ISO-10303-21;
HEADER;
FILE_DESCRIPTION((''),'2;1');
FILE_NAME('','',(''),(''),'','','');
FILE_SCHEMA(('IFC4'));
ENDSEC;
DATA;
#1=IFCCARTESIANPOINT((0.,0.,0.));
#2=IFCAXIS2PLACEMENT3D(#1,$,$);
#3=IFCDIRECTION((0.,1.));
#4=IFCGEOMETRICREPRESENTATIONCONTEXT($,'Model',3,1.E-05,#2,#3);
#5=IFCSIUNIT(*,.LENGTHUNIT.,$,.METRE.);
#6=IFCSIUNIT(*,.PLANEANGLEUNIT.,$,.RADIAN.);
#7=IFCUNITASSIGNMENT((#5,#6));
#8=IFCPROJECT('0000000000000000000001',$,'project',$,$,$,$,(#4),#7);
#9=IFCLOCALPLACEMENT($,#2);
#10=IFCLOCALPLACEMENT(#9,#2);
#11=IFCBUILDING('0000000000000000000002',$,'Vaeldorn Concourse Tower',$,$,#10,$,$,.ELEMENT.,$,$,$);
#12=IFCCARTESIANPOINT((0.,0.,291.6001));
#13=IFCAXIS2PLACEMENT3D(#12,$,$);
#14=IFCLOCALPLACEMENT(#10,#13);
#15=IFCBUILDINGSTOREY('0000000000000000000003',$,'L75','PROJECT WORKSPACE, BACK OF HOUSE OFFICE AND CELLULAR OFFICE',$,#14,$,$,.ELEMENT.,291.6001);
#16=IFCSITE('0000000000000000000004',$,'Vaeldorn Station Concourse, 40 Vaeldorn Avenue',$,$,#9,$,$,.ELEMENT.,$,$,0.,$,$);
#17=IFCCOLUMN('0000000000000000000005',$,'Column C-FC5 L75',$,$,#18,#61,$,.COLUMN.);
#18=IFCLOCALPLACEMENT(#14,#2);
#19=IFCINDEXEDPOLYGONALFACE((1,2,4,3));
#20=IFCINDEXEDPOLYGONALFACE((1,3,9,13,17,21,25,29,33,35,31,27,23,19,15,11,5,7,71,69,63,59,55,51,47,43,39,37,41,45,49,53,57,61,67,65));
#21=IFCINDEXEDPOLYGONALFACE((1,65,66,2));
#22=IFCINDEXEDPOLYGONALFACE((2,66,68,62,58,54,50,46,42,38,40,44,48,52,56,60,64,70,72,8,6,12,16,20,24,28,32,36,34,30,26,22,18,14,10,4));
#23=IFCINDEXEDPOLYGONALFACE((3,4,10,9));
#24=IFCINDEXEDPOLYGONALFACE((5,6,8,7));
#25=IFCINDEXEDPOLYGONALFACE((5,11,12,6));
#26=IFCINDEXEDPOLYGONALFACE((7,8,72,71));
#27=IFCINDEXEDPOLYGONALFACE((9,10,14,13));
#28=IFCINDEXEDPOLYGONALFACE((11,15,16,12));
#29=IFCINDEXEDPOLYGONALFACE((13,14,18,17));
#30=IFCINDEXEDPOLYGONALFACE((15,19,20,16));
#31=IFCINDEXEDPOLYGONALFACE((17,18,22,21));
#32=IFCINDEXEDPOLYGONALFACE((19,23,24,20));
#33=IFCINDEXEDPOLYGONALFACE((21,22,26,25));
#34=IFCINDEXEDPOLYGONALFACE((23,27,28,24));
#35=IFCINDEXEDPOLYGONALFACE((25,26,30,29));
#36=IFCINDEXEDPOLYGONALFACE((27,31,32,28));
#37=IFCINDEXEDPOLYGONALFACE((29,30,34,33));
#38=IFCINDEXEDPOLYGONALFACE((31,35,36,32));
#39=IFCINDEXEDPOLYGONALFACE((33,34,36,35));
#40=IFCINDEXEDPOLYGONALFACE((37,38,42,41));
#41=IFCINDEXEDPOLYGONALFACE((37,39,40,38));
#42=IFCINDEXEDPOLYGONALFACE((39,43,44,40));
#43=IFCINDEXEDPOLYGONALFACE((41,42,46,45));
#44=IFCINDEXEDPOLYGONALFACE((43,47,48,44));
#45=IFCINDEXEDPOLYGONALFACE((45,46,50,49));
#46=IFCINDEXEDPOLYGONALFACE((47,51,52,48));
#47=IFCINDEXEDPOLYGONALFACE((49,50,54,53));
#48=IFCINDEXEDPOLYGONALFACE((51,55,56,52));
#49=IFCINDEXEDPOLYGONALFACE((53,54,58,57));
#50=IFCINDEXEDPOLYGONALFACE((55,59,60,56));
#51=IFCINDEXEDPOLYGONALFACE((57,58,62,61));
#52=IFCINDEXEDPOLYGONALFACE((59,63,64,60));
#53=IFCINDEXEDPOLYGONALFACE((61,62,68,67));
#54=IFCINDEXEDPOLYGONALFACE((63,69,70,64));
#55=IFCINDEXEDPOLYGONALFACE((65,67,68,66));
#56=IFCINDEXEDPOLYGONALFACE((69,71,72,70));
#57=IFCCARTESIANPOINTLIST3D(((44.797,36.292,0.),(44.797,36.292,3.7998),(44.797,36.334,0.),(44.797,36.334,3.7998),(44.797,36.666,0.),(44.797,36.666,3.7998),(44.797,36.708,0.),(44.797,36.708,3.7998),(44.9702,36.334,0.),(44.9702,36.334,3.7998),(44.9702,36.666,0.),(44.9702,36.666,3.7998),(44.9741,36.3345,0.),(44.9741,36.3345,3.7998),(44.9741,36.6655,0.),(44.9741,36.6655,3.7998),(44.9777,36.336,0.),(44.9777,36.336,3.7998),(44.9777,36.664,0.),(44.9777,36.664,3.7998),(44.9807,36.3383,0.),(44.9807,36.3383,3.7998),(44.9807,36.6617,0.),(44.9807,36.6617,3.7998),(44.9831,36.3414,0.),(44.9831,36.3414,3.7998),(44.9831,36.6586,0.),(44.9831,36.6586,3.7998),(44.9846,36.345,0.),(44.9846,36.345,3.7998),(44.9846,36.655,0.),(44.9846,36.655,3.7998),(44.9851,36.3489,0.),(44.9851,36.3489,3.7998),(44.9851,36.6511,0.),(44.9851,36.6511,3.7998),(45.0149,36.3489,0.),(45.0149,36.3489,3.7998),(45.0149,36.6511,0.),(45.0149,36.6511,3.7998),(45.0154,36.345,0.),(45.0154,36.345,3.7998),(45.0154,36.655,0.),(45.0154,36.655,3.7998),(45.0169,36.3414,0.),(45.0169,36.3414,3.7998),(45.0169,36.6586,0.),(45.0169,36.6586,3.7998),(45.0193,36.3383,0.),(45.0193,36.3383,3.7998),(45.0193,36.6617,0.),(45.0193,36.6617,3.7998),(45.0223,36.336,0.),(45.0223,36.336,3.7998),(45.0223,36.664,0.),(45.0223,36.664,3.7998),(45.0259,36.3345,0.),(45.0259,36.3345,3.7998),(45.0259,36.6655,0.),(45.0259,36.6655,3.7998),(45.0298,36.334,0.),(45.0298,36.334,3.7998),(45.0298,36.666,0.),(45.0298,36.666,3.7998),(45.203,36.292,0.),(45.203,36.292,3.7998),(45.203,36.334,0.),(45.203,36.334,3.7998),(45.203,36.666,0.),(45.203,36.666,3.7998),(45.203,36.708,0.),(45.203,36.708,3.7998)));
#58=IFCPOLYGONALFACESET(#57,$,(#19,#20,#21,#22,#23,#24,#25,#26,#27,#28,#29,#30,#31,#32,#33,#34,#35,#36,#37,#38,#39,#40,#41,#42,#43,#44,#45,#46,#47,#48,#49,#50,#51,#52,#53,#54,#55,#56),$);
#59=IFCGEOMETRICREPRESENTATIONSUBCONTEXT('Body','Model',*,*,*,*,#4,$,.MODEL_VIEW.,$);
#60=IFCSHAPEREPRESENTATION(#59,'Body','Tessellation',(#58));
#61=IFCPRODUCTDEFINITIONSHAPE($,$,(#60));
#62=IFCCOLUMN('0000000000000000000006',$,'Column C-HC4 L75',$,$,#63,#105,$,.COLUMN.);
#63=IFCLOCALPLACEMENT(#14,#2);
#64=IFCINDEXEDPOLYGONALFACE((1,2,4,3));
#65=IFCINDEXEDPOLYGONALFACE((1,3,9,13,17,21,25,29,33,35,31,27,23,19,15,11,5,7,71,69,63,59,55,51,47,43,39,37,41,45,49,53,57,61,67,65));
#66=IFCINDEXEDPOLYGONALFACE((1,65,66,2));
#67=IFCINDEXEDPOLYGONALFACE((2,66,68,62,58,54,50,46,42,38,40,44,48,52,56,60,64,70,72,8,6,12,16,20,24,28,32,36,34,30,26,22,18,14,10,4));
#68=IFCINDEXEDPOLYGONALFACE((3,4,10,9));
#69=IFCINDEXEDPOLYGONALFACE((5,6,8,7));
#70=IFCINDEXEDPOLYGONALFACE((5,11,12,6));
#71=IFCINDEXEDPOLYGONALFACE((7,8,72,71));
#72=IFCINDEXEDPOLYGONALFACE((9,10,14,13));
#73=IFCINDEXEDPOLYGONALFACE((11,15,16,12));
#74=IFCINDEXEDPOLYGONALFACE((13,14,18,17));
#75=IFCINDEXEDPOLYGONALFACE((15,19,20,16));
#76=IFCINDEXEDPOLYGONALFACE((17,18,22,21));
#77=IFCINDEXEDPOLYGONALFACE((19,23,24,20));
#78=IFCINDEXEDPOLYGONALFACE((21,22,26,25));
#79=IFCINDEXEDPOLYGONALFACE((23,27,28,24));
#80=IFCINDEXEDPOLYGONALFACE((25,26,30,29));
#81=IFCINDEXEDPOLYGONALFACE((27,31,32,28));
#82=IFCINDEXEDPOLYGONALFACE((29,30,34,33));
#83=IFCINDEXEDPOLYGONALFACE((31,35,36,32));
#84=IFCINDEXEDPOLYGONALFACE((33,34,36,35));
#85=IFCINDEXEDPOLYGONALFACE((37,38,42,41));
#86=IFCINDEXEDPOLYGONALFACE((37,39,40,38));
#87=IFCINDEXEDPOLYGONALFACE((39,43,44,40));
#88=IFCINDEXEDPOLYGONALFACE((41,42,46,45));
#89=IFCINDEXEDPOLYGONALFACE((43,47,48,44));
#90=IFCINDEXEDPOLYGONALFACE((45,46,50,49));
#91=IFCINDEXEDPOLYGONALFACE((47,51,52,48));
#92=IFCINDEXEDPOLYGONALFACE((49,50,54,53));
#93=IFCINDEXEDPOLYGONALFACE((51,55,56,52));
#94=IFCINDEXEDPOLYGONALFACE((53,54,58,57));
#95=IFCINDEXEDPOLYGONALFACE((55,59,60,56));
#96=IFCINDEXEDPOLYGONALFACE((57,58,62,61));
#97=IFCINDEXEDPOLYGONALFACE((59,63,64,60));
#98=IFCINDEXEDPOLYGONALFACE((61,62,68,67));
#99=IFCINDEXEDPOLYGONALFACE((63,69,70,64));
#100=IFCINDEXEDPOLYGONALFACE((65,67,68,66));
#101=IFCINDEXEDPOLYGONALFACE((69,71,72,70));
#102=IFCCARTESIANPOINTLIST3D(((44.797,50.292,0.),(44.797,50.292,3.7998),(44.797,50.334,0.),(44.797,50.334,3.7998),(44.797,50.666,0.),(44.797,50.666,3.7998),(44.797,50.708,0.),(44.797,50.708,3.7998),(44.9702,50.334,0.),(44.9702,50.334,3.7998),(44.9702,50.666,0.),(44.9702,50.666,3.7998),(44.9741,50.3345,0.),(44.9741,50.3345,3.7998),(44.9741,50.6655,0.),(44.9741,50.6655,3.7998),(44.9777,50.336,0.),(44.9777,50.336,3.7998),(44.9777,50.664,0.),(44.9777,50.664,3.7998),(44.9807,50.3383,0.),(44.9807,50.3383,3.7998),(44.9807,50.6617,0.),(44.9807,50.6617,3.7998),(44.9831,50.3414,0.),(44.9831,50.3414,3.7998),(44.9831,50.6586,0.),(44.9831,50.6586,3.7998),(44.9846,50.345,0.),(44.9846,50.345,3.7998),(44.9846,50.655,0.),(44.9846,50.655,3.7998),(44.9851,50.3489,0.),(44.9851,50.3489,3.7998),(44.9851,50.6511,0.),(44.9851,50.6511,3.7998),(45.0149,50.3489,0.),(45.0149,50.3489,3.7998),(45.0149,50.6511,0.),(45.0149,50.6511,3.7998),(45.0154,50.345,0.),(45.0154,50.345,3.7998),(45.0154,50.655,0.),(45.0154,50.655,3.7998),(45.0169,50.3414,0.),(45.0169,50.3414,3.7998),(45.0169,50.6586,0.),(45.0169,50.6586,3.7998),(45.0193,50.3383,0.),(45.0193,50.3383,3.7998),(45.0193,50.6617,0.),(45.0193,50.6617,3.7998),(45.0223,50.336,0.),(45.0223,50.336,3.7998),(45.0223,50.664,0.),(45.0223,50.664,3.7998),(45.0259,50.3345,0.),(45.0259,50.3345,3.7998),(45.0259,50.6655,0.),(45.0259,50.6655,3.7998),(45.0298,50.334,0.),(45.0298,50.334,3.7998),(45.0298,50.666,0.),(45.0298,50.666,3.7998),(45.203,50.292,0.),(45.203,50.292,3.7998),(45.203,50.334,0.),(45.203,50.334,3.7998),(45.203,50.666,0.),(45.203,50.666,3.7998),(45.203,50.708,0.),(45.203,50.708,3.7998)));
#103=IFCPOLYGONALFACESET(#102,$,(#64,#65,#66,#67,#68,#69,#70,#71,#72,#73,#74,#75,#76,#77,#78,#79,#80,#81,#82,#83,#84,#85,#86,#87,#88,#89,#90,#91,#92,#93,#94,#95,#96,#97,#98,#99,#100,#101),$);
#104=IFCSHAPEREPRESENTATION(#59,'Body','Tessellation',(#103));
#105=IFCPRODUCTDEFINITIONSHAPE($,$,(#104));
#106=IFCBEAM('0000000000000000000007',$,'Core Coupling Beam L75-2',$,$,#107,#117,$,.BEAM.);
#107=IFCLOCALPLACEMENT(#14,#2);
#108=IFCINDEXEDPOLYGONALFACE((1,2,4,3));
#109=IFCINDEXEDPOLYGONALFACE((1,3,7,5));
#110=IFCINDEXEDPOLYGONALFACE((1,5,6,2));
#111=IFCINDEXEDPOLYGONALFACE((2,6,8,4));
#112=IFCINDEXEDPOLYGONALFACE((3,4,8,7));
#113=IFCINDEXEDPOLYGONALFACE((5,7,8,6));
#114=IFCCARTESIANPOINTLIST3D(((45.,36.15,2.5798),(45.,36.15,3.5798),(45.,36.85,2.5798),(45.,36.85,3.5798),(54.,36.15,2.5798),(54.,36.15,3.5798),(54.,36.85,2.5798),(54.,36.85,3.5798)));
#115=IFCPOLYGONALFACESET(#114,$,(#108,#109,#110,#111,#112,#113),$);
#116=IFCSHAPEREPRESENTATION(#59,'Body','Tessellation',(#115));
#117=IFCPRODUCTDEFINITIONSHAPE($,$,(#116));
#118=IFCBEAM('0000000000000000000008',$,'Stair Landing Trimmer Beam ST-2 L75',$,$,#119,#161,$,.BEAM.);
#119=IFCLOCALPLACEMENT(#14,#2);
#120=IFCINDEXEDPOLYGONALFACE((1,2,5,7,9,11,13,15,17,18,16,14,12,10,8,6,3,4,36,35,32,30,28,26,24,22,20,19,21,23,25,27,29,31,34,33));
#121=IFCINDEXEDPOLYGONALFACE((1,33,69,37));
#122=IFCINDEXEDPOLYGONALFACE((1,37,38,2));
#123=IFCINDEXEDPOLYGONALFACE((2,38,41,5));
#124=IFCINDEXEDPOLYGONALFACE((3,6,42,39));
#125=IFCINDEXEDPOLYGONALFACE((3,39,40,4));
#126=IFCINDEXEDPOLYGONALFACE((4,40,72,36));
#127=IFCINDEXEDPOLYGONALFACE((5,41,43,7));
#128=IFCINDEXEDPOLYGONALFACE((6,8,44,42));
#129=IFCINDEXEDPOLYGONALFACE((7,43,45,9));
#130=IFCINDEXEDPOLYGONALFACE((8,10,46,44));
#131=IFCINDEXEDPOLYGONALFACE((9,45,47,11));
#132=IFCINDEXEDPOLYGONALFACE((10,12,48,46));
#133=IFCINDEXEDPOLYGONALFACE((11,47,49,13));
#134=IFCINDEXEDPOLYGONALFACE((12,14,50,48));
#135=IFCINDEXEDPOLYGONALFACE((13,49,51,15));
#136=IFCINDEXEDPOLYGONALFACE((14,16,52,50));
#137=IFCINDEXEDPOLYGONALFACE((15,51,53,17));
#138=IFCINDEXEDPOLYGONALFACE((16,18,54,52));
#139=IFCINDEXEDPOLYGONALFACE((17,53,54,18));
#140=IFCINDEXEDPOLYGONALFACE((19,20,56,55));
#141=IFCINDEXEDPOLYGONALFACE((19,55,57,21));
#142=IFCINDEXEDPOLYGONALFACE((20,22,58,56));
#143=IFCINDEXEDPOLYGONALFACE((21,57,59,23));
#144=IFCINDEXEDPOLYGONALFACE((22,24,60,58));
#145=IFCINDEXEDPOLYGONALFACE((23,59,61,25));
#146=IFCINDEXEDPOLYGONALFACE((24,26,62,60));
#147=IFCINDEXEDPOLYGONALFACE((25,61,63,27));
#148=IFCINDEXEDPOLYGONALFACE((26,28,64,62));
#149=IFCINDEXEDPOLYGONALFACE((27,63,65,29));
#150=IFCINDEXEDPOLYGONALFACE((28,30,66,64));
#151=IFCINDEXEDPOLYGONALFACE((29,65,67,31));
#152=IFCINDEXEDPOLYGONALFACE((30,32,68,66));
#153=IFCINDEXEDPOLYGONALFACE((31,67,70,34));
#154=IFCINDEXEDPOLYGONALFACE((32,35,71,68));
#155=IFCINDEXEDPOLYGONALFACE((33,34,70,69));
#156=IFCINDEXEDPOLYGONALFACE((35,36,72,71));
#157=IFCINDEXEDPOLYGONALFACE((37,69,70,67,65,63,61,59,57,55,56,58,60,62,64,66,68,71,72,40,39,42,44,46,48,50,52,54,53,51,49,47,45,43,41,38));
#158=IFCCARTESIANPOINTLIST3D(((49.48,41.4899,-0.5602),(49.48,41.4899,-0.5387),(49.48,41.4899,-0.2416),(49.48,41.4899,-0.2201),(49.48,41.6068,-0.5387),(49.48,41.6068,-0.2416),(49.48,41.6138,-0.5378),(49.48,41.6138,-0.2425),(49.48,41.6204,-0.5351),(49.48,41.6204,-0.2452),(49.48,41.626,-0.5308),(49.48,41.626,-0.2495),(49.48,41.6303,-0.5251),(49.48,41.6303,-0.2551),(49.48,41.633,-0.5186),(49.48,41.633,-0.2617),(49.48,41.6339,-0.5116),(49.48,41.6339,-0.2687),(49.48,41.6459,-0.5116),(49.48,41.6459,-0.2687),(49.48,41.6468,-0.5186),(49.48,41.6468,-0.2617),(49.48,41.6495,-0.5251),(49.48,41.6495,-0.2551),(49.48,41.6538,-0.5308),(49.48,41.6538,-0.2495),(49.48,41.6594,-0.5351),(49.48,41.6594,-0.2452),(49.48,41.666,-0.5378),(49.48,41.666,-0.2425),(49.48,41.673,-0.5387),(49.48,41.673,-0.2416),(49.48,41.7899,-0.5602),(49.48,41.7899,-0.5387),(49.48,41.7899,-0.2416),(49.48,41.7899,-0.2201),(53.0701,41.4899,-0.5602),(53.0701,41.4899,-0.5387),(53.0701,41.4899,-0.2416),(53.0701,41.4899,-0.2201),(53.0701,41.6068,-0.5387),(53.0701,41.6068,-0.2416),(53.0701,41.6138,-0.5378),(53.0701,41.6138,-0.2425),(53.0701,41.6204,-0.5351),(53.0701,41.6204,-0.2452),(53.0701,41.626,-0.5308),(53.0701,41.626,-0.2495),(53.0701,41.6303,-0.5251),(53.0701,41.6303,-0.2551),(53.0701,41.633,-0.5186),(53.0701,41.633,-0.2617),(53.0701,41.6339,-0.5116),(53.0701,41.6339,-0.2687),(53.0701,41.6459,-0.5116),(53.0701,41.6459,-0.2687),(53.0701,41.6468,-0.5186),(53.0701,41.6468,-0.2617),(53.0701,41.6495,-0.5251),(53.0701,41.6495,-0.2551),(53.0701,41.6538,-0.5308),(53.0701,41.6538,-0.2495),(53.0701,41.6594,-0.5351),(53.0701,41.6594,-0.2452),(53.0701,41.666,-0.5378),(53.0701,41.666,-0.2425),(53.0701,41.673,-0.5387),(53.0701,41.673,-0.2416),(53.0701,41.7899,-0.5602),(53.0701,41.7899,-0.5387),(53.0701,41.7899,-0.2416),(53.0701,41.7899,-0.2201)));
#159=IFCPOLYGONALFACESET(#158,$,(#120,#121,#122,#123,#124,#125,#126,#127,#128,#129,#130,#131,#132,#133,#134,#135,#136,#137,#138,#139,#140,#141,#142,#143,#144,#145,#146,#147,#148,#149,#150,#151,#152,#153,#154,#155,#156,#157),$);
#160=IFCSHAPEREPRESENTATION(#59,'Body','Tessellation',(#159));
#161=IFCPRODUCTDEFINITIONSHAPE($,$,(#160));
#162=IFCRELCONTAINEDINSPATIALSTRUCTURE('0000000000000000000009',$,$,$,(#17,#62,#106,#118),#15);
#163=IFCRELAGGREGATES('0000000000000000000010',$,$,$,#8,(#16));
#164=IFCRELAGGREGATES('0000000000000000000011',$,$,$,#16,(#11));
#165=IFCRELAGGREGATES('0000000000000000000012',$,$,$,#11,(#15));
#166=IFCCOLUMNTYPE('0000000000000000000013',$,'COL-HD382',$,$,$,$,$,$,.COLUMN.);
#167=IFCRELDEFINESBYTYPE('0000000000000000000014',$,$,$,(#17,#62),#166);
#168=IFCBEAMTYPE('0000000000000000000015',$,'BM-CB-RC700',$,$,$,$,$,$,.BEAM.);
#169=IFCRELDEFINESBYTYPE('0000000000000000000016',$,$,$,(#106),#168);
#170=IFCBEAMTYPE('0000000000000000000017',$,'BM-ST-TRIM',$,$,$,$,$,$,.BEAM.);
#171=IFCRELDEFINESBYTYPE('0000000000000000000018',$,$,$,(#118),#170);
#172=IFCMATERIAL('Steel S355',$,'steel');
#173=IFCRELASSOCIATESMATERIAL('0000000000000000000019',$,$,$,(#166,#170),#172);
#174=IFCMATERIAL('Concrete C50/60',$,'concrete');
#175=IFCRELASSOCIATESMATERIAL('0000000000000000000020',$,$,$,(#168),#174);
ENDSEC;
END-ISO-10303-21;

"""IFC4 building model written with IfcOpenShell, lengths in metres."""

from ifc_helpers import new_model, si_unit, direction, frame, origin, origin_2d, place, context, subcontext, project, spatial, rectangle, i_section, extrude, source, transform, mapped, material, material_profile, profile_set, type_object, element, save


model = new_model("IFC4")

# Units and contexts
model_context = context("Model", 3, precision=1e-05, world=origin(), true_north=direction((0.0, 1.0)))
body_context = subcontext(model_context, "Body", "Model", "MODEL_VIEW")
ifc_project = project(units=[si_unit("LENGTHUNIT", "METRE"), si_unit("PLANEANGLEUNIT", "RADIAN")], contexts=[model_context])

# Site, building, storey
site_placement = place(None, origin())
site = spatial("IfcSite", under=ifc_project, at=site_placement, Name="Vaeldorn Station Concourse, 40 Vaeldorn Avenue", CompositionType="ELEMENT", RefElevation=0.0)
building_placement = place(site_placement, origin())
building = spatial("IfcBuilding", under=site, at=building_placement, Name="Vaeldorn Concourse Tower", CompositionType="ELEMENT")
storey_placement = place(building_placement, frame((0.0, 0.0, 291.6001)))
storey = spatial("IfcBuildingStorey", under=building, at=storey_placement, Name="L75", Description="PROJECT WORKSPACE, BACK OF HOUSE OFFICE AND CELLULAR OFFICE", CompositionType="ELEMENT", Elevation=291.6001)

# Columns
ifc_material_1 = material(Name="Steel S355", Category="steel")
ifc_material_profile_1 = material_profile(ifc_material_1, i_section(OverallWidth=0.406, OverallDepth=0.416, WebThickness=0.0298, FlangeThickness=0.042, FilletRadius=0.0149, at=origin_2d()), Name="HD 400x382")
ifc_profile_set_1 = profile_set([ifc_material_profile_1], Name="Steel S355")
column_type = type_object("IfcColumnType", Name="COL-HD382", PredefinedType="COLUMN", material=ifc_profile_set_1)
shared_shape_1 = source(origin(), body_context, "Body", "SweptSolid", [
    extrude(i_section(OverallWidth=0.406, OverallDepth=0.416, WebThickness=0.0298, FlangeThickness=0.042, FilletRadius=0.0149, at=origin_2d()), origin(), (0.0, 0.0, 1.0), 3.7998),
])
for number, where, z_axis, x_axis, name in (
    (1, (45.0, 36.5, 0.0), (0.0, 0.0, 1.0), (1.0, 0.0, 0.0), "Column C-FC5 L75"),
    (2, (45.0, 50.5, 0.0), (0.0, 0.0, 1.0), (1.0, 0.0, 0.0), "Column C-HC4 L75"),
):
    element("IfcColumn", number, at=place(storey_placement, frame(where, z_axis=z_axis, x_axis=x_axis)), inside=storey, type_object=column_type, Name=name, PredefinedType="COLUMN", context=body_context, shape_type="MappedRepresentation", body=[
        mapped(shared_shape_1, transform((0.0, 0.0, 0.0), scale=1.0)),
    ])

# Beams
ifc_material_2 = material(Name="Concrete C50/60", Category="concrete")
ifc_material_profile_2 = material_profile(ifc_material_2, rectangle(XDim=0.7, YDim=1.0, at=origin_2d()), Name="RC 700x1000")
ifc_profile_set_2 = profile_set([ifc_material_profile_2], Name="Concrete C50/60")
beam_type_1 = type_object("IfcBeamType", Name="BM-CB-RC700", PredefinedType="BEAM", material=ifc_profile_set_2)
shared_shape_2 = source(origin(), body_context, "Body", "SweptSolid", [
    extrude(rectangle(XDim=0.7, YDim=1.0, at=origin_2d()), origin(), (0.0, 0.0, 1.0), 9.0),
])
beam_1_placement = place(storey_placement, frame((45.0, 36.5, 3.0798), z_axis=(1.0, 0.0, 0.0), x_axis=(0.0, 1.0, 0.0)))
element("IfcBeam", 3, at=beam_1_placement, inside=storey, type_object=beam_type_1, Name="Core Coupling Beam L75-2", PredefinedType="BEAM", context=body_context, shape_type="MappedRepresentation", body=[
    mapped(shared_shape_2, transform((0.0, 0.0, 0.0), scale=1.0)),
])
ifc_material_profile_3 = material_profile(ifc_material_1, i_section(OverallWidth=0.3, OverallDepth=0.3401, WebThickness=0.012, FlangeThickness=0.0215, FilletRadius=0.0271, at=origin_2d()), Name="HEB 340")
ifc_profile_set_3 = profile_set([ifc_material_profile_3], Name="Steel S355")
beam_type_2 = type_object("IfcBeamType", Name="BM-ST-TRIM", PredefinedType="BEAM", material=ifc_profile_set_3)
shared_shape_3 = source(origin(), body_context, "Body", "SweptSolid", [
    extrude(i_section(OverallWidth=0.3, OverallDepth=0.3401, WebThickness=0.012, FlangeThickness=0.0215, FilletRadius=0.0271, at=origin_2d()), origin(), (0.0, 0.0, 1.0), 3.5901),
])
beam_2_placement = place(storey_placement, frame((49.48, 41.6399, -0.3901), z_axis=(1.0, 0.0, 0.0), x_axis=(0.0, 1.0, 0.0)))
element("IfcBeam", 4, at=beam_2_placement, inside=storey, type_object=beam_type_2, Name="Stair Landing Trimmer Beam ST-2 L75", PredefinedType="BEAM", context=body_context, shape_type="MappedRepresentation", body=[
    mapped(shared_shape_3, transform((0.0, 0.0, 0.0), scale=1.0)),
])

save(model, "model.ifc")
